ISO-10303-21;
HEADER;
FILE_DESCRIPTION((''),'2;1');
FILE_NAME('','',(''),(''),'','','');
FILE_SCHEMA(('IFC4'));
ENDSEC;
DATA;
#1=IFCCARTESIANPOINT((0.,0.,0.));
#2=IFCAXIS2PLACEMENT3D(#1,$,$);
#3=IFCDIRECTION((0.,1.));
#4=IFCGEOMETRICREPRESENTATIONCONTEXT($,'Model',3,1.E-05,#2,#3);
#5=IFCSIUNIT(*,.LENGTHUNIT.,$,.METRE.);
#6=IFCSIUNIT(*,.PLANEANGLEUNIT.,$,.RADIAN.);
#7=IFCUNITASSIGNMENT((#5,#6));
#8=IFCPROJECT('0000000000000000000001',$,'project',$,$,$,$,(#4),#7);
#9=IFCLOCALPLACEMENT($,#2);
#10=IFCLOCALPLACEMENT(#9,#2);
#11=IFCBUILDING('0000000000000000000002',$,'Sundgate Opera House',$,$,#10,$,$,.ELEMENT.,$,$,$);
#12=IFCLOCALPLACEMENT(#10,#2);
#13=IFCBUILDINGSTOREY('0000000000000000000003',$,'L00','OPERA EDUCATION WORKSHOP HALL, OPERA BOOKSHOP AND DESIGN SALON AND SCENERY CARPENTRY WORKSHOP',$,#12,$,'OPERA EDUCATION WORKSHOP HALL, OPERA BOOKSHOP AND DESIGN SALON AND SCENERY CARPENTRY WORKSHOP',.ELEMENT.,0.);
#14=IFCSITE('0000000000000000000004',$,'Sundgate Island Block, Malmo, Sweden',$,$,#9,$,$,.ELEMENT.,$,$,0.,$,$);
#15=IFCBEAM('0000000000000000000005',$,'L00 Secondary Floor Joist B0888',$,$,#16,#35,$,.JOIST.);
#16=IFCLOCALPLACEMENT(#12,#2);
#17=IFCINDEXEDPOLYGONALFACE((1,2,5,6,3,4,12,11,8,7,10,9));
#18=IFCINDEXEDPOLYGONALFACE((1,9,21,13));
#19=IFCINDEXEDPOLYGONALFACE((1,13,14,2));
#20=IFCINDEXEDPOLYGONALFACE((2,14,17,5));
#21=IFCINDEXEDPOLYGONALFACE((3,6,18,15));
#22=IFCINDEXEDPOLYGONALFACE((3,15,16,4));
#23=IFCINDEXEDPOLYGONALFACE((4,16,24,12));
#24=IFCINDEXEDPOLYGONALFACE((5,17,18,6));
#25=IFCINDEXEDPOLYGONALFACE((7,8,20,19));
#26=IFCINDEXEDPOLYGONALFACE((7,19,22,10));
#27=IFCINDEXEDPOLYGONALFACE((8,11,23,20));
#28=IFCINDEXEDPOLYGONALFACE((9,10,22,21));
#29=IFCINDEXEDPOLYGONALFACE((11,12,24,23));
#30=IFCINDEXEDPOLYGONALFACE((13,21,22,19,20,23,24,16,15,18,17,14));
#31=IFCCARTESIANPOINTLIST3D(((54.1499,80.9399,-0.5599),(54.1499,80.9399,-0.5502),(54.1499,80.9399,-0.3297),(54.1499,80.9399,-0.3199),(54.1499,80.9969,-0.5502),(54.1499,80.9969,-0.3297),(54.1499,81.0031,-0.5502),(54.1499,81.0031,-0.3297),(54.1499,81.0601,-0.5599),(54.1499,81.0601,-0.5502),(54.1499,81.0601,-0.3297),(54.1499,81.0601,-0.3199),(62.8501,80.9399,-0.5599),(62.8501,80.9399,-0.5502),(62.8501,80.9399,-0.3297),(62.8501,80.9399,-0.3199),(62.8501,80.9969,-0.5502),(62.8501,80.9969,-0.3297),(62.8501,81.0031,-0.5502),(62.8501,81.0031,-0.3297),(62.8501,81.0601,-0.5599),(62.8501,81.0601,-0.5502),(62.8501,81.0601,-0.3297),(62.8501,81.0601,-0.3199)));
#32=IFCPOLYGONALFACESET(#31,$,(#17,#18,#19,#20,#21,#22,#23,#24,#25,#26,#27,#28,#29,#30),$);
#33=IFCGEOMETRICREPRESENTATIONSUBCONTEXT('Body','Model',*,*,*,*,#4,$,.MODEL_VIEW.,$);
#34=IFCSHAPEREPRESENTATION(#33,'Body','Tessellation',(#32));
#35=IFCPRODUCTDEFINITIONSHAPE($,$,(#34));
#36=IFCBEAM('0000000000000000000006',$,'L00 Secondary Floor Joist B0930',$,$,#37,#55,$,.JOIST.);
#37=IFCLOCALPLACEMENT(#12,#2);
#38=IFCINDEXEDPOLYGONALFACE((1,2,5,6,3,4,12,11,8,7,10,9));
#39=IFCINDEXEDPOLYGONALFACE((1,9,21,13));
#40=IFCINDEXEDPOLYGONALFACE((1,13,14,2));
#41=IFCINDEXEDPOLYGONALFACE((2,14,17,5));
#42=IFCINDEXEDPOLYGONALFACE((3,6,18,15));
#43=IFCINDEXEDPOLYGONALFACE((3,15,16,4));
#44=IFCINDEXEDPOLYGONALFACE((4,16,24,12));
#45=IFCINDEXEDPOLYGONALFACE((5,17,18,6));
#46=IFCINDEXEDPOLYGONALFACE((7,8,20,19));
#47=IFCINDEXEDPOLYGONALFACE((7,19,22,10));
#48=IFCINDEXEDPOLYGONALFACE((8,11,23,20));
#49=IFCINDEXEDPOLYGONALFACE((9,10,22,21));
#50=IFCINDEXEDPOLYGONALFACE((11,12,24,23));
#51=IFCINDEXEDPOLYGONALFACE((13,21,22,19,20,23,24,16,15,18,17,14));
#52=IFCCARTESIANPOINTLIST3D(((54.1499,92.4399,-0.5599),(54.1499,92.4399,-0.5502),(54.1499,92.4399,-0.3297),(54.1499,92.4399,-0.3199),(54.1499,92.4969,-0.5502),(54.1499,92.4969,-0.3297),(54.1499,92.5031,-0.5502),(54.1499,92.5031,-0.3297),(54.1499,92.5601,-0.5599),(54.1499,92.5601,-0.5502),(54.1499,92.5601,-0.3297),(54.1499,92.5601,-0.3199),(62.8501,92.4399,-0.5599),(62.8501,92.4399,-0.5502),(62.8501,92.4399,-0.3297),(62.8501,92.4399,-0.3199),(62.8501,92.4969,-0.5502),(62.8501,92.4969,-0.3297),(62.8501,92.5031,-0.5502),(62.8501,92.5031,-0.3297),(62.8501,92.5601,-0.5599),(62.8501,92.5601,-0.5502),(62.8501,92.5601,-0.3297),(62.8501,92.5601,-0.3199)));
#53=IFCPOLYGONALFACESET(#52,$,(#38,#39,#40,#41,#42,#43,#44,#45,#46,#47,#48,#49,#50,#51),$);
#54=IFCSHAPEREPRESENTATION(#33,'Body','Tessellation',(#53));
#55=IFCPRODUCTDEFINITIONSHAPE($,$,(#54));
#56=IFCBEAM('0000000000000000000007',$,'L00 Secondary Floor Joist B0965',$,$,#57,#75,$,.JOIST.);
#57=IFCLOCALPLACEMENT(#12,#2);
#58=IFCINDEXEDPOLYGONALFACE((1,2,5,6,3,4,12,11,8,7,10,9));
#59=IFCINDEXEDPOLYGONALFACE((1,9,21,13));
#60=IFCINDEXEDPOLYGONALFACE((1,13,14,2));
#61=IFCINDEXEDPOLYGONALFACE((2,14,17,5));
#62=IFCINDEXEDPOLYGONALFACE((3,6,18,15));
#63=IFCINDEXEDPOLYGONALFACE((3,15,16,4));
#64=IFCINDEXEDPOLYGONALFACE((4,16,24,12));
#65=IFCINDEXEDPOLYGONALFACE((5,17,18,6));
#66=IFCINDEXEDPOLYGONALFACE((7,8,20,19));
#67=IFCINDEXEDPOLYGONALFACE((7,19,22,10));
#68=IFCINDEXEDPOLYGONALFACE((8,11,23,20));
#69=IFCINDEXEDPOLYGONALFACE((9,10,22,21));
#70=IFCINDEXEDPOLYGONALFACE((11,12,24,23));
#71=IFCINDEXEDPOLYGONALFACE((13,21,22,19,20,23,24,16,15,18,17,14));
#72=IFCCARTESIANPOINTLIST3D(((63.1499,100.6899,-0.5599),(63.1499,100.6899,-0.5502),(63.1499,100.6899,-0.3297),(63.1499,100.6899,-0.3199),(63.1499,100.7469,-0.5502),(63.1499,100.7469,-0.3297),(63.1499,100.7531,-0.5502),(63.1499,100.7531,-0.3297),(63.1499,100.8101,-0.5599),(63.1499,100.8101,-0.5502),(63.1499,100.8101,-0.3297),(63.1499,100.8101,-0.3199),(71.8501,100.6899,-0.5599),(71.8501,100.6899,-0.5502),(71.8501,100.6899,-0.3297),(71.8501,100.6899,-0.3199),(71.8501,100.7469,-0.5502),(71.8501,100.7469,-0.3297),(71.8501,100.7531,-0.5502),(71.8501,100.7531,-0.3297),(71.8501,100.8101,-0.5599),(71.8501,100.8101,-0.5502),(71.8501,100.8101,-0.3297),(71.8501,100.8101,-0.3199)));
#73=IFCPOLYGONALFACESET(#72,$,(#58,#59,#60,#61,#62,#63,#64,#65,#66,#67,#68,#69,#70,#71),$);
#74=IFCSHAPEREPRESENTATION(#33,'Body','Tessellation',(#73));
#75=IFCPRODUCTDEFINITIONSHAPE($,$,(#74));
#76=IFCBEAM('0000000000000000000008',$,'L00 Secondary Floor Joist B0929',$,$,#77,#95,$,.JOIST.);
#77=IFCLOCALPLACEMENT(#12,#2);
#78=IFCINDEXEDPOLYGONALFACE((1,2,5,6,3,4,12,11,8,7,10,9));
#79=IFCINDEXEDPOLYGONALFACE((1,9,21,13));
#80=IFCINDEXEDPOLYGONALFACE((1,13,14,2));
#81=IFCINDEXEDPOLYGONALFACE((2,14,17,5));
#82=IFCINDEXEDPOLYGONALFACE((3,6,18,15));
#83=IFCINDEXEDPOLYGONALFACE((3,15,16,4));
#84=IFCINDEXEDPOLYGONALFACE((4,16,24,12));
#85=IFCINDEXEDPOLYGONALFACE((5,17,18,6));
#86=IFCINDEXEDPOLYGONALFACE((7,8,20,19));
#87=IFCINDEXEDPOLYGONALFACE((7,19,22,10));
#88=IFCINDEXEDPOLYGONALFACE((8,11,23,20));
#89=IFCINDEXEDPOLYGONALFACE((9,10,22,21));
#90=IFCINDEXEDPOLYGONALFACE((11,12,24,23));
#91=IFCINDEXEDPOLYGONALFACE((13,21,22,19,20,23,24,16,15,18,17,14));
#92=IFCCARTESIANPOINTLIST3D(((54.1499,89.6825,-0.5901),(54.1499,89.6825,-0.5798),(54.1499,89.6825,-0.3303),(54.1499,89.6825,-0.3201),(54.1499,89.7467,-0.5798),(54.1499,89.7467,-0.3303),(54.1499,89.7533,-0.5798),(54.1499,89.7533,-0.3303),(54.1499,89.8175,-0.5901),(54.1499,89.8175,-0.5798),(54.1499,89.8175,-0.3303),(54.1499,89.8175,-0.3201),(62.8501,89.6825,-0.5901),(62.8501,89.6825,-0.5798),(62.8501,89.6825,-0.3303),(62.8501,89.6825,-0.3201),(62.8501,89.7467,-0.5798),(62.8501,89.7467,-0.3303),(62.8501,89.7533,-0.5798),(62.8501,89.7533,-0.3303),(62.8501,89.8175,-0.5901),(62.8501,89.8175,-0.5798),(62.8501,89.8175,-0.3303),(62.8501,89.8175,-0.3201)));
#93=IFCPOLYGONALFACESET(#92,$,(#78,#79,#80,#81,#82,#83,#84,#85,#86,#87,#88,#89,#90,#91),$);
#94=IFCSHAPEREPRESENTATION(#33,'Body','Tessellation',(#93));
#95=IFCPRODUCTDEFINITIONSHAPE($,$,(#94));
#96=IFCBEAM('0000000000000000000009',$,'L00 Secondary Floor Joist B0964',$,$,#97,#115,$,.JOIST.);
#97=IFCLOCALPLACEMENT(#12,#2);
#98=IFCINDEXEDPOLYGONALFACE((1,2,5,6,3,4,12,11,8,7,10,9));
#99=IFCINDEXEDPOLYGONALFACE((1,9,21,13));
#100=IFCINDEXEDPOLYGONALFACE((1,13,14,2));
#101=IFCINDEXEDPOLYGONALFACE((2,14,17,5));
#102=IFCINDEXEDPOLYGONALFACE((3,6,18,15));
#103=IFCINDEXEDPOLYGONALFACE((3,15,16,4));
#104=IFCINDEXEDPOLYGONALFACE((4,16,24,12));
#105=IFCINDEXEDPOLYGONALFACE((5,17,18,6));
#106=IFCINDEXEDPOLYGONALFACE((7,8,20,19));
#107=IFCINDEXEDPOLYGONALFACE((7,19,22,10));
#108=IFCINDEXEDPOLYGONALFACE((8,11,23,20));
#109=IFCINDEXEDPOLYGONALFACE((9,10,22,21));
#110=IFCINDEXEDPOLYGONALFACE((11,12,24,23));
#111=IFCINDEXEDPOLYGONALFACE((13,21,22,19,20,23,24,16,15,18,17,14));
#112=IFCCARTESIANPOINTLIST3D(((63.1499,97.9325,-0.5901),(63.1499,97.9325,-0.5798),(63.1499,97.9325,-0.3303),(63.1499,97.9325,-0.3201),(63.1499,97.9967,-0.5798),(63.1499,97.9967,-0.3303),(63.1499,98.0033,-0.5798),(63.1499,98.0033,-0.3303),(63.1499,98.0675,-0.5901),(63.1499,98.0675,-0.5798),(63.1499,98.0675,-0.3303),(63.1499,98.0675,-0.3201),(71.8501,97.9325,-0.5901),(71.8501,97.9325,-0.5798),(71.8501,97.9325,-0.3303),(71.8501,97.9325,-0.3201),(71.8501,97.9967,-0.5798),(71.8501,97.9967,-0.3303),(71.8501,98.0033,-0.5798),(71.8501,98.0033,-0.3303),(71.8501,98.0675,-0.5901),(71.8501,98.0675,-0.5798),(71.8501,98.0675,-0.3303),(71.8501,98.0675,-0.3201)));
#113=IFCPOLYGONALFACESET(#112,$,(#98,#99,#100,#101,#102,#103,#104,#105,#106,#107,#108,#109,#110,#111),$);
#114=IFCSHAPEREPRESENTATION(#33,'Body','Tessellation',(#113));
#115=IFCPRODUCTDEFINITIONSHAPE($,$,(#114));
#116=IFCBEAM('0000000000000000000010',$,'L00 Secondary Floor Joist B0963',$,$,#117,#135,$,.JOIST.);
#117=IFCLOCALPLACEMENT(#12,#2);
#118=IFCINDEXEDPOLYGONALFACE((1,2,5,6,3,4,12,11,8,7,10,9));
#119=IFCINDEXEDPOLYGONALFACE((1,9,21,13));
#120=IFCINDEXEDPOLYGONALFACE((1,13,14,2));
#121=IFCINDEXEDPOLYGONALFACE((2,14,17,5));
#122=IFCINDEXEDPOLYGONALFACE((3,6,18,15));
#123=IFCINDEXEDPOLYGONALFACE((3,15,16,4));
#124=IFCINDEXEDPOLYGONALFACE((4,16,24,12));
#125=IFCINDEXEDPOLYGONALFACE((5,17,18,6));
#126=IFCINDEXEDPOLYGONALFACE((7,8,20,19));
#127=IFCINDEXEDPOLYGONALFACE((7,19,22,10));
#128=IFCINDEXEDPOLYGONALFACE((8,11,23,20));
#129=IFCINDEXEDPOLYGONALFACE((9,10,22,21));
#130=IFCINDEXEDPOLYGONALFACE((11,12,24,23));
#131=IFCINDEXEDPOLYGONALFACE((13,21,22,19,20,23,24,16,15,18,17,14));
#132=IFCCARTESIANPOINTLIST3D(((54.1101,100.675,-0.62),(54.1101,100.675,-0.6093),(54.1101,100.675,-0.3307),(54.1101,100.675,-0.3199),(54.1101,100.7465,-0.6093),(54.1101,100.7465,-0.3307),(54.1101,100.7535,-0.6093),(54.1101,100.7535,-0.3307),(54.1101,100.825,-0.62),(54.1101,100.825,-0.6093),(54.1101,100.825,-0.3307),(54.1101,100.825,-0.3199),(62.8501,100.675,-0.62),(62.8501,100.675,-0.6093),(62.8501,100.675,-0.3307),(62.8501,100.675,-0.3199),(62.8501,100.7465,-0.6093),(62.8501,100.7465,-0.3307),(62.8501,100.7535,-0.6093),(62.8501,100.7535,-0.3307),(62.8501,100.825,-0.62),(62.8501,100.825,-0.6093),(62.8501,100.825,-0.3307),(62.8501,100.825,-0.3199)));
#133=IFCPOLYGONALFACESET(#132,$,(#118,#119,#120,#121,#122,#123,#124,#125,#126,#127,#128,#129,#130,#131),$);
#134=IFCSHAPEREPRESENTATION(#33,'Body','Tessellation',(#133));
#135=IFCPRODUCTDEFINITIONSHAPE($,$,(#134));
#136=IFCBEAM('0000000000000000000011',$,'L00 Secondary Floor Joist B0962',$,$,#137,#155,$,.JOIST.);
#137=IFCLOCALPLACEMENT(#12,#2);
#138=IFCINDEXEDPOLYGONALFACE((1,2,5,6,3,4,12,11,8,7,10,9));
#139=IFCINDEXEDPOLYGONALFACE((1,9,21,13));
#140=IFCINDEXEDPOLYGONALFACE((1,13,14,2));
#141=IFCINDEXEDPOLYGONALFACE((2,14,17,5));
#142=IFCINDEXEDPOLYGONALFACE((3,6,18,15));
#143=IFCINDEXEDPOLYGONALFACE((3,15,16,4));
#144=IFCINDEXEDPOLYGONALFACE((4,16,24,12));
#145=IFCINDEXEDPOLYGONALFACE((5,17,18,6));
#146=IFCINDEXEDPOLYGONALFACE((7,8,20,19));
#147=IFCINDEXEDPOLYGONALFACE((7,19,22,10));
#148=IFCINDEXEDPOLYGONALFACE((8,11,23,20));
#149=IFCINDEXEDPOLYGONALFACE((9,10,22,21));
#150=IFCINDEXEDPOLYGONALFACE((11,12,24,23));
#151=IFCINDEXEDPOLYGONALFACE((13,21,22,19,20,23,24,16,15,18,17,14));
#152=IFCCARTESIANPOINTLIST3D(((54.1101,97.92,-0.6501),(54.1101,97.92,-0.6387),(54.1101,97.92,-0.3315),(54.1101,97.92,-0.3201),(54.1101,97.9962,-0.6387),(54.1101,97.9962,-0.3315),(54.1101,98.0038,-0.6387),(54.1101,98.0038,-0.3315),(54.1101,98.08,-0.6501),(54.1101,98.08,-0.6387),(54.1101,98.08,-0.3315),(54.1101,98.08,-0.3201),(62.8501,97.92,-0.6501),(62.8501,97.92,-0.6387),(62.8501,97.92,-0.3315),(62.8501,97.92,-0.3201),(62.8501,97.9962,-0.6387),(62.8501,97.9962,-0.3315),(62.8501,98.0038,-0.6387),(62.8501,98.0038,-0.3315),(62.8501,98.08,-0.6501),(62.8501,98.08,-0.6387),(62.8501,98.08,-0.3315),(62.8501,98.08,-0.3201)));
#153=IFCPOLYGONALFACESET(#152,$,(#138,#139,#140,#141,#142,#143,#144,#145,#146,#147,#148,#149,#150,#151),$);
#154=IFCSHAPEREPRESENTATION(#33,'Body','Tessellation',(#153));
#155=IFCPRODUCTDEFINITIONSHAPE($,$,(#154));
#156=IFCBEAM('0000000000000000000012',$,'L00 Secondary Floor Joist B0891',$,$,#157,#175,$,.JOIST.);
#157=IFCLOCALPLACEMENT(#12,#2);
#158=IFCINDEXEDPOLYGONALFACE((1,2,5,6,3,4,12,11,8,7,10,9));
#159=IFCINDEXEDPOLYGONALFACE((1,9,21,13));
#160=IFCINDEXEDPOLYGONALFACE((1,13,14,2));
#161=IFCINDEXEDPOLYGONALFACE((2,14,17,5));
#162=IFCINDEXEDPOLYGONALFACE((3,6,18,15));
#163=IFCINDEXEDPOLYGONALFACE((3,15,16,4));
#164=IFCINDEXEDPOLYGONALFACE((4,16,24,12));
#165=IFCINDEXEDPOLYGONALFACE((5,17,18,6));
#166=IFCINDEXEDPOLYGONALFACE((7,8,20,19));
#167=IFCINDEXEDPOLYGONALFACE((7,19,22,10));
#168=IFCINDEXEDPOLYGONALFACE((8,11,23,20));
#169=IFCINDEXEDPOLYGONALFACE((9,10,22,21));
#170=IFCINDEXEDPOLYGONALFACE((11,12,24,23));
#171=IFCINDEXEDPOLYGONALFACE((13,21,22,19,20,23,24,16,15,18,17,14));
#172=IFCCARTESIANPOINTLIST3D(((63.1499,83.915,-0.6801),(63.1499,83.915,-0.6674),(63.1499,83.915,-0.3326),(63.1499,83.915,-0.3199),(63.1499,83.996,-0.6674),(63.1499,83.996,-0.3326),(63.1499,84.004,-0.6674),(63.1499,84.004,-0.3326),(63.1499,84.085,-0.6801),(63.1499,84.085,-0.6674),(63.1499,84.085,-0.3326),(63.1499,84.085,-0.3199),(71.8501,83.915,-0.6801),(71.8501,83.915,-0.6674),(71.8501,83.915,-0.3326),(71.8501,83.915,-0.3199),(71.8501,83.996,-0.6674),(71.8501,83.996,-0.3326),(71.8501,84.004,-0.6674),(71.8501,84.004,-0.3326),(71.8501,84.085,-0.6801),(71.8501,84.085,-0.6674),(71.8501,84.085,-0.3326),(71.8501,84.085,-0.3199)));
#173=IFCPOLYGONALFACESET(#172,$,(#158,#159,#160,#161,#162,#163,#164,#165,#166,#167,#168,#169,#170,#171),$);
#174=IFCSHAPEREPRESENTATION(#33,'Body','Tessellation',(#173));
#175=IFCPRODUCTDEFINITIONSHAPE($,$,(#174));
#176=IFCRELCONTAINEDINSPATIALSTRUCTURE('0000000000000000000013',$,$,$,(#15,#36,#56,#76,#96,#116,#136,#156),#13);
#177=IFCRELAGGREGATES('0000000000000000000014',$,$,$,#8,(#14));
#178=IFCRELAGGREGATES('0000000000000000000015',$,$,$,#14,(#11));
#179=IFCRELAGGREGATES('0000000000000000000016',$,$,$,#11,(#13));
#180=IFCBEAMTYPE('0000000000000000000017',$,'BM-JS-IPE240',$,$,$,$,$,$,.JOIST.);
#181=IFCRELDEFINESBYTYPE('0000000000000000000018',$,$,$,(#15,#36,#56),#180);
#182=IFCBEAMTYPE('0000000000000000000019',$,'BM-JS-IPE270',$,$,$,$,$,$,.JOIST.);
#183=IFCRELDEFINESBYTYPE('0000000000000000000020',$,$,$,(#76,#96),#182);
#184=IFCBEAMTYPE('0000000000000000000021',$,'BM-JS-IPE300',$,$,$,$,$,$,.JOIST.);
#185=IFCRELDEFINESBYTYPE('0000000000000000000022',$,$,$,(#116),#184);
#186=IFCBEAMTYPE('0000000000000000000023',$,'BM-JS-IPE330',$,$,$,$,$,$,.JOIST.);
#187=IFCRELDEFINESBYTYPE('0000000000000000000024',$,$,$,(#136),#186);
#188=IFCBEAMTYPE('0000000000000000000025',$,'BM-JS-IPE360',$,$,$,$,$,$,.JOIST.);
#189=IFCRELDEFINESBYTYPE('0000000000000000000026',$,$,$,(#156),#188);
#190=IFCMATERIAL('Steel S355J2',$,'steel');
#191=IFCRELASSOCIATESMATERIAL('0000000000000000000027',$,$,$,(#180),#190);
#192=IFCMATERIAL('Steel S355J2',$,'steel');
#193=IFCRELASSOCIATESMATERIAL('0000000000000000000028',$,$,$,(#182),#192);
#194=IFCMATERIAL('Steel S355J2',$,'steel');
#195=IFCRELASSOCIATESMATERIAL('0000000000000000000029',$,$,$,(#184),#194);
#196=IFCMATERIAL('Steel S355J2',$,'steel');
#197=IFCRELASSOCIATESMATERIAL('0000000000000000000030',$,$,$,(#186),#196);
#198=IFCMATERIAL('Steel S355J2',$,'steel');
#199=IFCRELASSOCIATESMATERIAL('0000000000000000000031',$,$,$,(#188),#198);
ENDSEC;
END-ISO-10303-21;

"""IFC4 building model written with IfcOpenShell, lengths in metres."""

from ifc_helpers import new_model, si_unit, direction, frame, origin, origin_2d, place, context, subcontext, project, spatial, i_section, extrude, material, material_profile, profile_set, type_object, element, save


model = new_model("IFC4")

# Units and contexts
model_context = context("Model", 3, precision=1e-05, world=origin(), true_north=direction((0.0, 1.0)))
body_context = subcontext(model_context, "Body", "Model", "MODEL_VIEW")
ifc_project = project(units=[si_unit("LENGTHUNIT", "METRE"), si_unit("PLANEANGLEUNIT", "RADIAN")], contexts=[model_context])

# Site, building, storey
site_placement = place(None, origin())
site = spatial("IfcSite", under=ifc_project, at=site_placement, Name="Sundgate Island Block, Malmo, Sweden", CompositionType="ELEMENT", RefElevation=0.0)
building_placement = place(site_placement, origin())
building = spatial("IfcBuilding", under=site, at=building_placement, Name="Sundgate Opera House", CompositionType="ELEMENT")
storey_placement = place(building_placement, origin())
storey = spatial("IfcBuildingStorey", under=building, at=storey_placement, Name="L00", Description="OPERA EDUCATION WORKSHOP HALL, OPERA BOOKSHOP AND DESIGN SALON AND SCENERY CARPENTRY WORKSHOP", LongName="OPERA EDUCATION WORKSHOP HALL, OPERA BOOKSHOP AND DESIGN SALON AND SCENERY CARPENTRY WORKSHOP", CompositionType="ELEMENT", Elevation=0.0)

# Beams
ifc_material_1 = material(Name="Steel S355J2", Category="steel")
ifc_material_profile_1 = material_profile(ifc_material_1, i_section(OverallWidth=0.1201, OverallDepth=0.24, WebThickness=0.0061, FlangeThickness=0.0098, at=origin_2d()), Name="IPE 240")
ifc_profile_set_1 = profile_set([ifc_material_profile_1], Name="Steel S355J2")
beam_type_1 = type_object("IfcBeamType", Name="BM-JS-IPE240", PredefinedType="JOIST", material=ifc_profile_set_1)
for number, where, z_axis, x_axis, name in (
    (1, (54.1499, 81.0, -0.4399), (1.0, 0.0, 0.0), (0.0, 1.0, 0.0), "L00 Secondary Floor Joist B0888"),
    (2, (54.1499, 92.5, -0.4399), (1.0, 0.0, 0.0), (0.0, 1.0, 0.0), "L00 Secondary Floor Joist B0930"),
    (3, (63.1499, 100.75, -0.4399), (1.0, 0.0, 0.0), (0.0, 1.0, 0.0), "L00 Secondary Floor Joist B0965"),
):
    element("IfcBeam", number, at=place(storey_placement, frame(where, z_axis=z_axis, x_axis=x_axis)), inside=storey, type_object=beam_type_1, Name=name, PredefinedType="JOIST", context=body_context, shape_type="SweptSolid", body=[
        extrude(i_section(OverallWidth=0.1201, OverallDepth=0.24, WebThickness=0.0061, FlangeThickness=0.0098, at=origin_2d()), origin(), (0.0, 0.0, 1.0), 8.7002),
    ])
ifc_material_2 = material(Name="Steel S355J2", Category="steel")
ifc_material_profile_2 = material_profile(ifc_material_2, i_section(OverallWidth=0.135, OverallDepth=0.27, WebThickness=0.0066, FlangeThickness=0.0103, at=origin_2d()), Name="IPE 270")
ifc_profile_set_2 = profile_set([ifc_material_profile_2], Name="Steel S355J2")
beam_type_2 = type_object("IfcBeamType", Name="BM-JS-IPE270", PredefinedType="JOIST", material=ifc_profile_set_2)
for number, where, z_axis, x_axis, name in (
    (4, (54.1499, 89.75, -0.4551), (1.0, 0.0, 0.0), (0.0, 1.0, 0.0), "L00 Secondary Floor Joist B0929"),
    (5, (63.1499, 98.0, -0.4551), (1.0, 0.0, 0.0), (0.0, 1.0, 0.0), "L00 Secondary Floor Joist B0964"),
):
    element("IfcBeam", number, at=place(storey_placement, frame(where, z_axis=z_axis, x_axis=x_axis)), inside=storey, type_object=beam_type_2, Name=name, PredefinedType="JOIST", context=body_context, shape_type="SweptSolid", body=[
        extrude(i_section(OverallWidth=0.135, OverallDepth=0.27, WebThickness=0.0066, FlangeThickness=0.0103, at=origin_2d()), origin(), (0.0, 0.0, 1.0), 8.7002),
    ])
ifc_material_3 = material(Name="Steel S355J2", Category="steel")
ifc_material_profile_3 = material_profile(ifc_material_3, i_section(OverallWidth=0.1499, OverallDepth=0.3, WebThickness=0.0071, FlangeThickness=0.0107, at=origin_2d()), Name="IPE 300")
ifc_profile_set_3 = profile_set([ifc_material_profile_3], Name="Steel S355J2")
beam_type_3 = type_object("IfcBeamType", Name="BM-JS-IPE300", PredefinedType="JOIST", material=ifc_profile_set_3)
beam_1_placement = place(storey_placement, frame((54.1101, 100.75, -0.47), z_axis=(1.0, 0.0, 0.0), x_axis=(0.0, 1.0, 0.0)))
element("IfcBeam", 6, at=beam_1_placement, inside=storey, type_object=beam_type_3, Name="L00 Secondary Floor Joist B0963", PredefinedType="JOIST", context=body_context, shape_type="SweptSolid", body=[
    extrude(i_section(OverallWidth=0.1499, OverallDepth=0.3, WebThickness=0.0071, FlangeThickness=0.0107, at=origin_2d()), origin(), (0.0, 0.0, 1.0), 8.74),
])
ifc_material_4 = material(Name="Steel S355J2", Category="steel")
ifc_material_profile_4 = material_profile(ifc_material_4, i_section(OverallWidth=0.1599, OverallDepth=0.3301, WebThickness=0.0076, FlangeThickness=0.0115, at=origin_2d()), Name="IPE 330")
ifc_profile_set_4 = profile_set([ifc_material_profile_4], Name="Steel S355J2")
beam_type_4 = type_object("IfcBeamType", Name="BM-JS-IPE330", PredefinedType="JOIST", material=ifc_profile_set_4)
beam_2_placement = place(storey_placement, frame((54.1101, 98.0, -0.4851), z_axis=(1.0, 0.0, 0.0), x_axis=(0.0, 1.0, 0.0)))
element("IfcBeam", 7, at=beam_2_placement, inside=storey, type_object=beam_type_4, Name="L00 Secondary Floor Joist B0962", PredefinedType="JOIST", context=body_context, shape_type="SweptSolid", body=[
    extrude(i_section(OverallWidth=0.1599, OverallDepth=0.3301, WebThickness=0.0076, FlangeThickness=0.0115, at=origin_2d()), origin(), (0.0, 0.0, 1.0), 8.74),
])
ifc_material_5 = material(Name="Steel S355J2", Category="steel")
ifc_material_profile_5 = material_profile(ifc_material_5, i_section(OverallWidth=0.1699, OverallDepth=0.3601, WebThickness=0.0081, FlangeThickness=0.0127, at=origin_2d()), Name="IPE 360")
ifc_profile_set_5 = profile_set([ifc_material_profile_5], Name="Steel S355J2")
beam_type_5 = type_object("IfcBeamType", Name="BM-JS-IPE360", PredefinedType="JOIST", material=ifc_profile_set_5)
beam_3_placement = place(storey_placement, frame((63.1499, 84.0, -0.5), z_axis=(1.0, 0.0, 0.0), x_axis=(0.0, 1.0, 0.0)))
element("IfcBeam", 8, at=beam_3_placement, inside=storey, type_object=beam_type_5, Name="L00 Secondary Floor Joist B0891", PredefinedType="JOIST", context=body_context, shape_type="SweptSolid", body=[
    extrude(i_section(OverallWidth=0.1699, OverallDepth=0.3601, WebThickness=0.0081, FlangeThickness=0.0127, at=origin_2d()), origin(), (0.0, 0.0, 1.0), 8.7002),
])

save(model, "model.ifc")
